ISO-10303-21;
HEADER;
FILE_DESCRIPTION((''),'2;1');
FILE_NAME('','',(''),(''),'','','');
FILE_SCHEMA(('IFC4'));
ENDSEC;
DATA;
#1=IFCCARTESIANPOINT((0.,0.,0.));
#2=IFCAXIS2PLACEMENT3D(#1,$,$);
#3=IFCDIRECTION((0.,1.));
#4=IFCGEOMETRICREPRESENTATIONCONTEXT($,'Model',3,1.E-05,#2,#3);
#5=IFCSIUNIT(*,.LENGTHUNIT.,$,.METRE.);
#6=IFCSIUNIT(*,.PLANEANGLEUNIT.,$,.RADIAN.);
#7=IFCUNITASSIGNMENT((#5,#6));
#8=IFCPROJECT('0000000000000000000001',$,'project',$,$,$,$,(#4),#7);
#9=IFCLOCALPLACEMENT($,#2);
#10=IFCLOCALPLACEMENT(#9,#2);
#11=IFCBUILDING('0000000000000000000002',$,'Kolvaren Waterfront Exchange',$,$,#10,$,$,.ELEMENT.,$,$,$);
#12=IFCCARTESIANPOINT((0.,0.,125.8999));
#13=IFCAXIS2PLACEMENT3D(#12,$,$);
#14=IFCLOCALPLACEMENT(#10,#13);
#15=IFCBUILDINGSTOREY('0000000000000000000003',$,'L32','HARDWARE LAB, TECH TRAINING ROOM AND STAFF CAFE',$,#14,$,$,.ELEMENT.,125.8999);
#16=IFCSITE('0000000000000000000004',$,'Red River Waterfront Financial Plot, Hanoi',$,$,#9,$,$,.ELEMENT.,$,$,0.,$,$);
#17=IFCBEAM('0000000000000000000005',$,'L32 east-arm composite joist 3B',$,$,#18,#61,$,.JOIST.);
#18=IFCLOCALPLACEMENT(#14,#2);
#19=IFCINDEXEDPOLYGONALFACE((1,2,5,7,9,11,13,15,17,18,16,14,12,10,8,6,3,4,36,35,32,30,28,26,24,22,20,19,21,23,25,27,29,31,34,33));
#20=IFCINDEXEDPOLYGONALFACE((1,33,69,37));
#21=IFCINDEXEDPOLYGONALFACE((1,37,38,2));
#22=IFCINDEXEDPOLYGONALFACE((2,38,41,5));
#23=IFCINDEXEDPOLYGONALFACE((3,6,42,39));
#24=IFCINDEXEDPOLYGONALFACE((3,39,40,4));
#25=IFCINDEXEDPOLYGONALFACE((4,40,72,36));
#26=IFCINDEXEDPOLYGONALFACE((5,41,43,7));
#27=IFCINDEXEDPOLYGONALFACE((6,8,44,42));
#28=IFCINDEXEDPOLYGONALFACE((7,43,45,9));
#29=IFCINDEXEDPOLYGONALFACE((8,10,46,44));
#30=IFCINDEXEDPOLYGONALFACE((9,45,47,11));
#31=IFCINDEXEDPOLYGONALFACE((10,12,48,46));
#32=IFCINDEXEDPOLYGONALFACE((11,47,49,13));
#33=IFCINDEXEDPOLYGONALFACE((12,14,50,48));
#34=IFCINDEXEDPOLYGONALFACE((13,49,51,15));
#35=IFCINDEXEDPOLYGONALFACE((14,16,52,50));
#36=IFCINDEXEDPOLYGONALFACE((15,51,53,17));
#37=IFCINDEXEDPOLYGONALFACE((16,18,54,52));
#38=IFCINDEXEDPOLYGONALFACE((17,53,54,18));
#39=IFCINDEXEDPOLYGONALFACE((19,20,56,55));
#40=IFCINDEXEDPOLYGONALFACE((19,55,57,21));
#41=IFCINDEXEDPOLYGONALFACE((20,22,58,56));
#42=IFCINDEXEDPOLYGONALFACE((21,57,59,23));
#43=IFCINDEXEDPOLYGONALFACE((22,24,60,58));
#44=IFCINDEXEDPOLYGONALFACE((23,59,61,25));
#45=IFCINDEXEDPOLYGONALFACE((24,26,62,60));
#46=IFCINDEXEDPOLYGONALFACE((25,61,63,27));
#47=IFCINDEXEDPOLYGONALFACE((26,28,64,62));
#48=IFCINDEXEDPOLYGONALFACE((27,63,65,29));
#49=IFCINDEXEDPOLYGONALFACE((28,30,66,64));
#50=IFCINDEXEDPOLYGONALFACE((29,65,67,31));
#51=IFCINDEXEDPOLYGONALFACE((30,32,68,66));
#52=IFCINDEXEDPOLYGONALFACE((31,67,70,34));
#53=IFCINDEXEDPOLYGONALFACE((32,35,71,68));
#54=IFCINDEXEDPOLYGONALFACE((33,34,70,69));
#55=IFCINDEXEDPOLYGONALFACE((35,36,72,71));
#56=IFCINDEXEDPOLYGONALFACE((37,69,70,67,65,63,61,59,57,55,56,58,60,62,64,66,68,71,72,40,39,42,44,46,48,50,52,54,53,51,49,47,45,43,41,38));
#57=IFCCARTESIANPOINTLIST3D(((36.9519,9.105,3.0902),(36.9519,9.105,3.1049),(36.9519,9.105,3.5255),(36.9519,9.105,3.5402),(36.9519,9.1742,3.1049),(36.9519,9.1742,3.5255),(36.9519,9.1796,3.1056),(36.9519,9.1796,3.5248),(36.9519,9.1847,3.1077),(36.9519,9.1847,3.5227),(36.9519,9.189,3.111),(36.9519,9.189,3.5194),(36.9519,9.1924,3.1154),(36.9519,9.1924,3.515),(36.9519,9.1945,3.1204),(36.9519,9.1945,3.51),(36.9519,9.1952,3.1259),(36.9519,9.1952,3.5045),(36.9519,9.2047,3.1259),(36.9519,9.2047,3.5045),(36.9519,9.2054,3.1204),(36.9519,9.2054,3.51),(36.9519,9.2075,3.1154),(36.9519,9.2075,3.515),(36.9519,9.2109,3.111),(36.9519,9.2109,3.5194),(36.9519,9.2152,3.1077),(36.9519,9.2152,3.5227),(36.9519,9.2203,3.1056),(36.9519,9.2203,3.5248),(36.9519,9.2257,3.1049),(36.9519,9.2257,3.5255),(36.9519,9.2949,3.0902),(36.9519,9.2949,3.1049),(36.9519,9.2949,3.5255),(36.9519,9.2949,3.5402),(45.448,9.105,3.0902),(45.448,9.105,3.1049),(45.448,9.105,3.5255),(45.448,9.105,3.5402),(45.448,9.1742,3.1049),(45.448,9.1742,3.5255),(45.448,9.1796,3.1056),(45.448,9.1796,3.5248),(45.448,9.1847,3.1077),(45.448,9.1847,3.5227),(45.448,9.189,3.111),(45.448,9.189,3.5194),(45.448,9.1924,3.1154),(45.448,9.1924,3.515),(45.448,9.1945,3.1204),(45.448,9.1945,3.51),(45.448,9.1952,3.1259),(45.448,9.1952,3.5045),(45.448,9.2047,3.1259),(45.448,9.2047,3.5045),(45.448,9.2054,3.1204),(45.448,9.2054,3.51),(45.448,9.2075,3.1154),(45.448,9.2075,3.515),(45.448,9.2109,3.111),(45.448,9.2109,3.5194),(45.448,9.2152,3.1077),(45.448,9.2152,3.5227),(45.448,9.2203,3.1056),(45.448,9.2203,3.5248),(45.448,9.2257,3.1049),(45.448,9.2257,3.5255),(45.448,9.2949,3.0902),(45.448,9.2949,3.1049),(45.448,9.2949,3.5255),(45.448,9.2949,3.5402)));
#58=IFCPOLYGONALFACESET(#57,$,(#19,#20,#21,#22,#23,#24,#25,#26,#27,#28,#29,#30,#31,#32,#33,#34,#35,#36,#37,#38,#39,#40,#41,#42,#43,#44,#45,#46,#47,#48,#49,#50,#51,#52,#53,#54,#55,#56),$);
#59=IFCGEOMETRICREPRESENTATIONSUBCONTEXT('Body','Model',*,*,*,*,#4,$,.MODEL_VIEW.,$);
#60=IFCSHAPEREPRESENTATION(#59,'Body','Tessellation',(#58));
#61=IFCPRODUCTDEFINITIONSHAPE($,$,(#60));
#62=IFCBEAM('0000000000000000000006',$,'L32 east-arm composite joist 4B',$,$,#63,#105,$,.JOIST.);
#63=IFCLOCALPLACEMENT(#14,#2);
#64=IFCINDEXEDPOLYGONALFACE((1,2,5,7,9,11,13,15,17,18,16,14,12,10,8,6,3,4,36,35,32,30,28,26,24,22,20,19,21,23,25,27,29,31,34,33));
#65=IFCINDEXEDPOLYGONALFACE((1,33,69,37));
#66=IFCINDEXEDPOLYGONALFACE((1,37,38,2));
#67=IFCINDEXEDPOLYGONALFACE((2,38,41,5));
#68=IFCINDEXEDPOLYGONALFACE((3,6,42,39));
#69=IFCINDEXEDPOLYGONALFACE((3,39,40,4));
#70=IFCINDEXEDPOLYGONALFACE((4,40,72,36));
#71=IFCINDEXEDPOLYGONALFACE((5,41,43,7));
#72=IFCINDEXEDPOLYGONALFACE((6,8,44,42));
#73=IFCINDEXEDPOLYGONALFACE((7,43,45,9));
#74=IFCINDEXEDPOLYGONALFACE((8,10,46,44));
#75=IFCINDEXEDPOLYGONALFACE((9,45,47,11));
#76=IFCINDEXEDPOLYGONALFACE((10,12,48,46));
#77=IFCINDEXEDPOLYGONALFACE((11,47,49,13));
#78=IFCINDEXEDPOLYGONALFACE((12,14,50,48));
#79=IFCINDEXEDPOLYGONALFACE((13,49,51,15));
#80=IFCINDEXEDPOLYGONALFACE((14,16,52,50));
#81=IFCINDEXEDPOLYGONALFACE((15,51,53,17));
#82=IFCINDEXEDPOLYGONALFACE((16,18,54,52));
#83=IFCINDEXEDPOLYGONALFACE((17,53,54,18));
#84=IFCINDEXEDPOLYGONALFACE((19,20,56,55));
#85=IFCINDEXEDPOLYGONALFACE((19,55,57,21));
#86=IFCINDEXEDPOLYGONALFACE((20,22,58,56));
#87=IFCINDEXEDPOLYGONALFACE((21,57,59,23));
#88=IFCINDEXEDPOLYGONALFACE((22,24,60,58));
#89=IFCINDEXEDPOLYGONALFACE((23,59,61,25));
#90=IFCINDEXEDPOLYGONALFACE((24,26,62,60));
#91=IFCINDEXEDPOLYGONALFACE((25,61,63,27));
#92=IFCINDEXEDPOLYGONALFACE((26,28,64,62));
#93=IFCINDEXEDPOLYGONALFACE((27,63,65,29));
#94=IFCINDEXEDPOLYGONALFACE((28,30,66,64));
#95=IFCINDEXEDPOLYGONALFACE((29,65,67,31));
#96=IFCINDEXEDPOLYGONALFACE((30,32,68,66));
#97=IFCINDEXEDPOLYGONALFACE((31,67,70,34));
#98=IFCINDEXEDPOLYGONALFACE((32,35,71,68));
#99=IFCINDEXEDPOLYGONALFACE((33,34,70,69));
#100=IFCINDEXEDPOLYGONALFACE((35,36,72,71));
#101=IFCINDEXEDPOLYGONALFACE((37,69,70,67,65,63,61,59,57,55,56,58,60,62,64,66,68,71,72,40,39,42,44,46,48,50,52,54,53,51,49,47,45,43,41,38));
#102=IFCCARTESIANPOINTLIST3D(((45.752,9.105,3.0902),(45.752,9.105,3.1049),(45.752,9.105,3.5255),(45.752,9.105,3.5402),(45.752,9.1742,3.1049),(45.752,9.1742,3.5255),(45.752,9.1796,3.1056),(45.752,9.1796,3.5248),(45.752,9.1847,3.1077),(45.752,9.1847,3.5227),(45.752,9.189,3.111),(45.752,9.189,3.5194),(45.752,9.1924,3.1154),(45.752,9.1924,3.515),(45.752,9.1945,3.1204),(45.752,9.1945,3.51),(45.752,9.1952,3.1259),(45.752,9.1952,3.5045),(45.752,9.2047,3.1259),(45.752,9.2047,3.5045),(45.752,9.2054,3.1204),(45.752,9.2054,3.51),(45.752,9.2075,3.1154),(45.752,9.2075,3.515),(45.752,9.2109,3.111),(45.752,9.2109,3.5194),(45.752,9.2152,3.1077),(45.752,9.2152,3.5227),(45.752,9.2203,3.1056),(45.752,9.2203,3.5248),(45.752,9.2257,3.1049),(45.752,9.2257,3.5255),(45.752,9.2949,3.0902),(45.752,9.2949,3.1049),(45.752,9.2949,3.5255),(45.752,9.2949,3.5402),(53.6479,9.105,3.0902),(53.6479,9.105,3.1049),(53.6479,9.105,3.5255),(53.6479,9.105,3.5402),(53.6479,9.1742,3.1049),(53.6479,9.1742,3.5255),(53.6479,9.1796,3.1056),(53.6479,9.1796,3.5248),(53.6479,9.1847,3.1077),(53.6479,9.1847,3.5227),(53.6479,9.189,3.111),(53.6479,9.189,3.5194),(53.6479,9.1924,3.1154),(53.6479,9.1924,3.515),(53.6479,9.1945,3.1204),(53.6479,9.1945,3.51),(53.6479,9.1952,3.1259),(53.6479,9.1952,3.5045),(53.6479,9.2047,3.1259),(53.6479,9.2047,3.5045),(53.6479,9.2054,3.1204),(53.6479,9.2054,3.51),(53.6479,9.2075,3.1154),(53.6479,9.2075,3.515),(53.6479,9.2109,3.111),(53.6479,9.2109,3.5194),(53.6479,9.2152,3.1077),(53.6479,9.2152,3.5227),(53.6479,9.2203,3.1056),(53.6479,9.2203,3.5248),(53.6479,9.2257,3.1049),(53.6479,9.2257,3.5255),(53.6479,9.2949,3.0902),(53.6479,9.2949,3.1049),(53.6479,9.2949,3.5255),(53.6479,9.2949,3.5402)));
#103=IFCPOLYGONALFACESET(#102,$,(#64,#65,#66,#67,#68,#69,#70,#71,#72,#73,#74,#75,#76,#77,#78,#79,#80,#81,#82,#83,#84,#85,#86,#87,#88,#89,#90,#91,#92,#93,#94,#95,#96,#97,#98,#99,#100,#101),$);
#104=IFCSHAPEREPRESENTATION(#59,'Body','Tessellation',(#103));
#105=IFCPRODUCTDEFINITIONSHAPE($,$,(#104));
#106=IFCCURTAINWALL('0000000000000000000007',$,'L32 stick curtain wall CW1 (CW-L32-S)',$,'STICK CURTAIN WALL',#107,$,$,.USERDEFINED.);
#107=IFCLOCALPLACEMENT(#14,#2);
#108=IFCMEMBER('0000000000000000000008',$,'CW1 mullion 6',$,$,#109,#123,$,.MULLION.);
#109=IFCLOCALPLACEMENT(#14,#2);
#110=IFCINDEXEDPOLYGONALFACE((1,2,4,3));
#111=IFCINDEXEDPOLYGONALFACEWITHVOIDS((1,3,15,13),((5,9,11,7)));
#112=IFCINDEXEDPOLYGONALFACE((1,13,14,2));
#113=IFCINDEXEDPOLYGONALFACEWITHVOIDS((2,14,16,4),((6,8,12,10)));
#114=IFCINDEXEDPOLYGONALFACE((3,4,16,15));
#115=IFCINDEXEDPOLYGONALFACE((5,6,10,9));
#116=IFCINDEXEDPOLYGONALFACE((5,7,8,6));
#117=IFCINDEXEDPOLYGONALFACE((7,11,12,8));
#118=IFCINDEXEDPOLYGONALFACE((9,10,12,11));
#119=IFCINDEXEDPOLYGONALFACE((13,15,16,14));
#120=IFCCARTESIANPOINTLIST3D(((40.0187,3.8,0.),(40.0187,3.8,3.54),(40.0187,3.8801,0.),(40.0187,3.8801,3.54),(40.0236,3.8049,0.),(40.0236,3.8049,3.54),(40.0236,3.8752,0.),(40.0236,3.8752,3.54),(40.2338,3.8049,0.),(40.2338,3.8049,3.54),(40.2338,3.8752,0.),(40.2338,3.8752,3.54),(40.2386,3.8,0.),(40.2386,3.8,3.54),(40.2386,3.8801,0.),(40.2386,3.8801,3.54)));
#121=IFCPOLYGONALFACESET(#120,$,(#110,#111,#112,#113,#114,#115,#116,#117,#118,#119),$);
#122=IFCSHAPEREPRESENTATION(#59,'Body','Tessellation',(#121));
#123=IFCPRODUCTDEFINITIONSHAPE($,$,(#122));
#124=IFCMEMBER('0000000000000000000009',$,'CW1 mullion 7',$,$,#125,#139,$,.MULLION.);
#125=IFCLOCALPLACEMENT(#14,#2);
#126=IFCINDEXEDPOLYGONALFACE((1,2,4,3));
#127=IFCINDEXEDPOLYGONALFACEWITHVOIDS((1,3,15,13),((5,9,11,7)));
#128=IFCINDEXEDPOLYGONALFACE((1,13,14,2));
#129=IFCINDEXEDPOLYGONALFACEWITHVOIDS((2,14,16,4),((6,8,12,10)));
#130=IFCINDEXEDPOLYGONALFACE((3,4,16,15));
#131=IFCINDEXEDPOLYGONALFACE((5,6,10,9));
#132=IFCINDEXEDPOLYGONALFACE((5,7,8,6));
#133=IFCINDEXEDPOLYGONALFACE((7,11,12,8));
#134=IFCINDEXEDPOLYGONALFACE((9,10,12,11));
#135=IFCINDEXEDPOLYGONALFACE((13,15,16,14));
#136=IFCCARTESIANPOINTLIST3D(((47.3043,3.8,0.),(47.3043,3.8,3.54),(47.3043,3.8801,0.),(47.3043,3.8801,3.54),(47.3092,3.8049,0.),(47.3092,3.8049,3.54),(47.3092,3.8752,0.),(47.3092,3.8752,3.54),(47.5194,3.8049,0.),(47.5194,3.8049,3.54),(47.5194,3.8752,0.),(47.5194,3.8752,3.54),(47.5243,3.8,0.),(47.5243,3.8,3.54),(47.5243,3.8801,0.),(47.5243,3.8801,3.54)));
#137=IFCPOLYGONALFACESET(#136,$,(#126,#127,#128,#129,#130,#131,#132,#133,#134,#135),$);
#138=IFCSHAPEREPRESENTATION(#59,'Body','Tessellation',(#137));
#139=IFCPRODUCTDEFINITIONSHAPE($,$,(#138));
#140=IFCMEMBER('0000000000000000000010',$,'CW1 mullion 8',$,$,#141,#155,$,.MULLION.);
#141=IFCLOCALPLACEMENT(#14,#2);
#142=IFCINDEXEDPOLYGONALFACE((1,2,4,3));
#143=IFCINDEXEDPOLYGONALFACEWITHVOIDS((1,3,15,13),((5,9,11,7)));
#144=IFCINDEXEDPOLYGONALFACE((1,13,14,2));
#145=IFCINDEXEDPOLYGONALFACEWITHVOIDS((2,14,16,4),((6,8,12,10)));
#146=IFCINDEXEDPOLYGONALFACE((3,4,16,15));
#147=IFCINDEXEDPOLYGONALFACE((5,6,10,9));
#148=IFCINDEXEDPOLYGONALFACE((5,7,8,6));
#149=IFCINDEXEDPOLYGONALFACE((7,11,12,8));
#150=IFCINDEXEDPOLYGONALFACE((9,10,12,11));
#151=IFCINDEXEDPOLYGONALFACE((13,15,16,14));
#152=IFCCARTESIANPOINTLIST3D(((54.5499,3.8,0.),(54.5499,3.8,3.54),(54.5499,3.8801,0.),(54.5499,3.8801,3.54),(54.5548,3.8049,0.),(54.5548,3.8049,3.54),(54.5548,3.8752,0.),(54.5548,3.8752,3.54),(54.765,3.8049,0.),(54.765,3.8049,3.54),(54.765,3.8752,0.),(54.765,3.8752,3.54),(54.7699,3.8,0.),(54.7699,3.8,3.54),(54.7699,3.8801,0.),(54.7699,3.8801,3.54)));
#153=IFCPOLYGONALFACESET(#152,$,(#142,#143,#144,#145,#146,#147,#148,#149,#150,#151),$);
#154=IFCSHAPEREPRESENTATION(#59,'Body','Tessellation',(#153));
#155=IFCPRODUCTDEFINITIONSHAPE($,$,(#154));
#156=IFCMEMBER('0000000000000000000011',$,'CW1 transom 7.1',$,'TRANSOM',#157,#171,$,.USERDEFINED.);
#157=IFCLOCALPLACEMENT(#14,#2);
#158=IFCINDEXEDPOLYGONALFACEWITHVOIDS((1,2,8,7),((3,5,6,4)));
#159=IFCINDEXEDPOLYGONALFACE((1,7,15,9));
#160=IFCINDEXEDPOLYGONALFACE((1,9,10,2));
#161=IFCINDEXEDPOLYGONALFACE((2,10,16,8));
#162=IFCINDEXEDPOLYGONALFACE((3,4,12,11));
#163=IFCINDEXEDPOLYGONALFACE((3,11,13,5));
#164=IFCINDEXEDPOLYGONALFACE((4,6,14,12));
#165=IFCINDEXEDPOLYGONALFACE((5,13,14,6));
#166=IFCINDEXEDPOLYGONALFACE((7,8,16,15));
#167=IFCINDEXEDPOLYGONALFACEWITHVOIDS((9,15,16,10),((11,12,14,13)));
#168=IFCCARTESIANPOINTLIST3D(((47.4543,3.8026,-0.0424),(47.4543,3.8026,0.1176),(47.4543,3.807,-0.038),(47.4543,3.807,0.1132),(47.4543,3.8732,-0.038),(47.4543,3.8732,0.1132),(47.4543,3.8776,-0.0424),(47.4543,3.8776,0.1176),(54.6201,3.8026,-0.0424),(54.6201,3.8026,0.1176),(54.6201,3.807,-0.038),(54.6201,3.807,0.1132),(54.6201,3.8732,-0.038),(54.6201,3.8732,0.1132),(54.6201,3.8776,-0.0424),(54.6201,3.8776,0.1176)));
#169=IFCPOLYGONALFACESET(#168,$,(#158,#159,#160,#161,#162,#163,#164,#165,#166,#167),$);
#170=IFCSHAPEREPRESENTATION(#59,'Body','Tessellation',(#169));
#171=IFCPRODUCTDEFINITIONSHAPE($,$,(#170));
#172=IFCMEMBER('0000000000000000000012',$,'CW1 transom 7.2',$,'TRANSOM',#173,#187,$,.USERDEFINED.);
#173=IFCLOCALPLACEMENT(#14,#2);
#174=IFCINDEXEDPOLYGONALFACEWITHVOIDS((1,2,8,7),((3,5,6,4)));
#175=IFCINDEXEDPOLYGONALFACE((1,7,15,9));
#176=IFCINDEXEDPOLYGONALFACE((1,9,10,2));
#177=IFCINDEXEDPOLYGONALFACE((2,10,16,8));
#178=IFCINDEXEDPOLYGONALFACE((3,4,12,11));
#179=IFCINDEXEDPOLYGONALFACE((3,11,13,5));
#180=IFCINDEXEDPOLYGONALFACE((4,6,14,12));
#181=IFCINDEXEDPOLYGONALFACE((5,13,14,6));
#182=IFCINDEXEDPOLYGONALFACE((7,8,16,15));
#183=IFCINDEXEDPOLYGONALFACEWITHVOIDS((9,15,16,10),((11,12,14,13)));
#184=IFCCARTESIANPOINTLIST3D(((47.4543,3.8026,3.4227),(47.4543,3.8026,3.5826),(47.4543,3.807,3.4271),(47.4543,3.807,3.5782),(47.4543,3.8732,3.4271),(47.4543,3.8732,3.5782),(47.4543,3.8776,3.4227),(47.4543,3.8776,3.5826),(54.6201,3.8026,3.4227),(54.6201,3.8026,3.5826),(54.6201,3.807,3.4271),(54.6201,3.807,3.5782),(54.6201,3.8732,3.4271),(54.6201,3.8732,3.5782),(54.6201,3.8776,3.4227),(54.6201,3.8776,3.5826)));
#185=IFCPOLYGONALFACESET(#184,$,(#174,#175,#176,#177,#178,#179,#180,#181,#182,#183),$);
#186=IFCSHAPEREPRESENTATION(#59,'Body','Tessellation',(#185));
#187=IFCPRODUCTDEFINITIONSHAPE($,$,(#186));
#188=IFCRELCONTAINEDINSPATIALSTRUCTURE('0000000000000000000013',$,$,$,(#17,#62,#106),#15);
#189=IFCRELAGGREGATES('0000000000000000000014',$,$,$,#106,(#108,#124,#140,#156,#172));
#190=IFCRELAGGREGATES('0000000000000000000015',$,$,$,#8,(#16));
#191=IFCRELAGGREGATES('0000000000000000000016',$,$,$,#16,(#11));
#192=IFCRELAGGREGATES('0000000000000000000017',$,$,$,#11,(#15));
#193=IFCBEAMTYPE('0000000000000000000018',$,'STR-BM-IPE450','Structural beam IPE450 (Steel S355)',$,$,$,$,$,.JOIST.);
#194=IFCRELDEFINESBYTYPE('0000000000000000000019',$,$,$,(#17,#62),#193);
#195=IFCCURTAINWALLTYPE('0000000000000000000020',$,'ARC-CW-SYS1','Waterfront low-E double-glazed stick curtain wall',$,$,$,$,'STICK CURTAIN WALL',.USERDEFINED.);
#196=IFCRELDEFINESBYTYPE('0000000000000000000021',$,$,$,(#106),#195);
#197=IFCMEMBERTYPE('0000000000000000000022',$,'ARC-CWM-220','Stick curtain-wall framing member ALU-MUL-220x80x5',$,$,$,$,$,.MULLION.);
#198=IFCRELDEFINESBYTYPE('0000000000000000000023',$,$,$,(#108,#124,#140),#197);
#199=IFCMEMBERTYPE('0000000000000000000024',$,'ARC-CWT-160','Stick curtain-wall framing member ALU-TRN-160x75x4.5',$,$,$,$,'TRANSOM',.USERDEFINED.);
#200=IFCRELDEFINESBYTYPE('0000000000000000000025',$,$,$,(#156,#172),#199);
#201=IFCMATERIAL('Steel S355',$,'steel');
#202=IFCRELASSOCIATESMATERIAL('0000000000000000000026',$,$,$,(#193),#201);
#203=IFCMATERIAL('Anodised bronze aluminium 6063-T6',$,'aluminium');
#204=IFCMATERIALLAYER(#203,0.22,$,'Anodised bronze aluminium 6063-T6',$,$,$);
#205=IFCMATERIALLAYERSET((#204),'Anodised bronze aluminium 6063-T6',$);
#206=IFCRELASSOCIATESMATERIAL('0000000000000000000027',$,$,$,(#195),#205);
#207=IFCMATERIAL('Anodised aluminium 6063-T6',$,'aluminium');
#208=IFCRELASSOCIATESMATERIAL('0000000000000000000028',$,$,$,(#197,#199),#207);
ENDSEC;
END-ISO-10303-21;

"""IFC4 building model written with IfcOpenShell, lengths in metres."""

from ifc_helpers import new_model, si_unit, direction, frame, origin, origin_with_axes, origin_2d, place, context, subcontext, project, spatial, hollow_rectangle, i_section, extrude, source, transform, mapped, material, layer, layer_set, material_profile, profile_set, type_object, element, aggregate, save


model = new_model("IFC4")

# Units and contexts
model_context = context("Model", 3, precision=1e-05, world=origin(), true_north=direction((0.0, 1.0)))
body_context = subcontext(model_context, "Body", "Model", "MODEL_VIEW")
ifc_project = project(units=[si_unit("LENGTHUNIT", "METRE"), si_unit("PLANEANGLEUNIT", "RADIAN")], contexts=[model_context])

# Site, building, storey
site_placement = place(None, origin())
site = spatial("IfcSite", under=ifc_project, at=site_placement, Name="Red River Waterfront Financial Plot, Hanoi", CompositionType="ELEMENT", RefElevation=0.0)
building_placement = place(site_placement, origin())
building = spatial("IfcBuilding", under=site, at=building_placement, Name="Kolvaren Waterfront Exchange", CompositionType="ELEMENT")
storey_placement = place(building_placement, frame((0.0, 0.0, 125.8999)))
storey = spatial("IfcBuildingStorey", under=building, at=storey_placement, Name="L32", Description="HARDWARE LAB, TECH TRAINING ROOM AND STAFF CAFE", CompositionType="ELEMENT", Elevation=125.8999)

# Beams
ifc_material_1 = material(Name="Steel S355", Category="steel")
ifc_material_profile_1 = material_profile(ifc_material_1, i_section(OverallWidth=0.1899, OverallDepth=0.45, WebThickness=0.0095, FlangeThickness=0.0146, FilletRadius=0.021, at=origin_2d()), Name="IPE450")
ifc_profile_set_1 = profile_set([ifc_material_profile_1], Name="Steel S355")
beam_type_1 = type_object("IfcBeamType", Name="STR-BM-IPE450", Description="Structural beam IPE450 (Steel S355)", PredefinedType="JOIST", material=ifc_profile_set_1)
beam_1_placement = place(storey_placement, frame((36.9519, 9.2, 3.3152), z_axis=(1.0, 0.0, 0.0), x_axis=(0.0, 1.0, 0.0)))
element("IfcBeam", 1, at=beam_1_placement, inside=storey, type_object=beam_type_1, Name="L32 east-arm composite joist 3B", PredefinedType="JOIST", context=body_context, shape_type="SweptSolid", body=[
    extrude(i_section(OverallWidth=0.1899, OverallDepth=0.45, WebThickness=0.0095, FlangeThickness=0.0146, FilletRadius=0.021, at=origin_2d()), origin(), (0.0, 0.0, 1.0), 8.4961),
])
beam_2_placement = place(storey_placement, frame((45.752, 9.2, 3.3152), z_axis=(1.0, 0.0, 0.0), x_axis=(0.0, 1.0, 0.0)))
element("IfcBeam", 2, at=beam_2_placement, inside=storey, type_object=beam_type_1, Name="L32 east-arm composite joist 4B", PredefinedType="JOIST", context=body_context, shape_type="SweptSolid", body=[
    extrude(i_section(OverallWidth=0.1899, OverallDepth=0.45, WebThickness=0.0095, FlangeThickness=0.0146, FilletRadius=0.021, at=origin_2d()), origin(), (0.0, 0.0, 1.0), 7.896),
])

# Curtain wall, members
ifc_material_2 = material(Name="Anodised bronze aluminium 6063-T6", Category="aluminium")
ifc_layer_1 = layer(ifc_material_2, 0.22, Name="Anodised bronze aluminium 6063-T6")
ifc_layer_set_1 = layer_set([ifc_layer_1], Name="Anodised bronze aluminium 6063-T6")
curtain_wall_type = type_object("IfcCurtainWallType", Name="ARC-CW-SYS1", Description="Waterfront low-E double-glazed stick curtain wall", ElementType="STICK CURTAIN WALL", PredefinedType="USERDEFINED", material=ifc_layer_set_1)
curtain_wall_placement = place(storey_placement, origin())
curtain_wall = element("IfcCurtainWall", 3, at=curtain_wall_placement, inside=storey, type_object=curtain_wall_type, Name="L32 stick curtain wall CW1 (CW-L32-S)", ObjectType="STICK CURTAIN WALL", PredefinedType="USERDEFINED")
ifc_material_3 = material(Name="Anodised aluminium 6063-T6", Category="aluminium")
ifc_material_profile_2 = material_profile(ifc_material_3, hollow_rectangle(XDim=0.0801, YDim=0.22, WallThickness=0.0049, at=origin_2d()), Name="ALU-MUL-220x80x5")
ifc_profile_set_2 = profile_set([ifc_material_profile_2], Name="Anodised aluminium 6063-T6")
member_type_1 = type_object("IfcMemberType", Name="ARC-CWM-220", Description="Stick curtain-wall framing member ALU-MUL-220x80x5", PredefinedType="MULLION", material=ifc_profile_set_2)
shared_shape_1 = source(origin_with_axes(), body_context, "Body", "SweptSolid", [
    extrude(hollow_rectangle(XDim=0.0801, YDim=0.22, WallThickness=0.0049, at=origin_2d()), origin(), (0.0, 0.0, 1.0), 3.54),
])
member_1_placement = place(storey_placement, frame((40.1287, 3.8401, 0.0), z_axis=(0.0, 0.0, 1.0), x_axis=(0.0, 1.0, 0.0)))
member_1 = element("IfcMember", 4, at=member_1_placement, type_object=member_type_1, Name="CW1 mullion 6", PredefinedType="MULLION", context=body_context, shape_type="MappedRepresentation", body=[
    mapped(shared_shape_1, transform((0.0, 0.0, 0.0), x_axis=(1.0, 0.0, 0.0), y_axis=(0.0, 1.0, 0.0), z_axis=(0.0, 0.0, 1.0), scale=1.0)),
])
member_2_placement = place(storey_placement, frame((47.4143, 3.8401, 0.0), z_axis=(0.0, 0.0, 1.0), x_axis=(0.0, 1.0, 0.0)))
member_2 = element("IfcMember", 5, at=member_2_placement, type_object=member_type_1, Name="CW1 mullion 7", PredefinedType="MULLION", context=body_context, shape_type="MappedRepresentation", body=[
    mapped(shared_shape_1, transform((0.0, 0.0, 0.0), x_axis=(1.0, 0.0, 0.0), y_axis=(0.0, 1.0, 0.0), z_axis=(0.0, 0.0, 1.0), scale=1.0)),
])
member_3_placement = place(storey_placement, frame((54.6599, 3.8401, 0.0), z_axis=(0.0, 0.0, 1.0), x_axis=(0.0, 1.0, 0.0)))
member_3 = element("IfcMember", 6, at=member_3_placement, type_object=member_type_1, Name="CW1 mullion 8", PredefinedType="MULLION", context=body_context, shape_type="MappedRepresentation", body=[
    mapped(shared_shape_1, transform((0.0, 0.0, 0.0), x_axis=(1.0, 0.0, 0.0), y_axis=(0.0, 1.0, 0.0), z_axis=(0.0, 0.0, 1.0), scale=1.0)),
])
ifc_material_profile_3 = material_profile(ifc_material_3, hollow_rectangle(XDim=0.075, YDim=0.1599, WallThickness=0.0044, at=origin_2d()), Name="ALU-TRN-160x75x4.5")
ifc_profile_set_3 = profile_set([ifc_material_profile_3], Name="Anodised aluminium 6063-T6")
member_type_2 = type_object("IfcMemberType", Name="ARC-CWT-160", Description="Stick curtain-wall framing member ALU-TRN-160x75x4.5", ElementType="TRANSOM", PredefinedType="USERDEFINED", material=ifc_profile_set_3)
shared_shape_2 = source(origin_with_axes(), body_context, "Body", "SweptSolid", [
    extrude(hollow_rectangle(XDim=0.075, YDim=0.1599, WallThickness=0.0044, at=origin_2d()), origin(), (0.0, 0.0, 1.0), 7.1658),
])
member_4_placement = place(storey_placement, frame((47.4543, 3.8401, 0.0376), z_axis=(1.0, 0.0, 0.0), x_axis=(0.0, 1.0, 0.0)))
member_4 = element("IfcMember", 7, at=member_4_placement, type_object=member_type_2, Name="CW1 transom 7.1", ObjectType="TRANSOM", PredefinedType="USERDEFINED", context=body_context, shape_type="MappedRepresentation", body=[
    mapped(shared_shape_2, transform((0.0, 0.0, 0.0), x_axis=(1.0, 0.0, 0.0), y_axis=(0.0, 1.0, 0.0), z_axis=(0.0, 0.0, 1.0), scale=1.0)),
])
member_5_placement = place(storey_placement, frame((47.4543, 3.8401, 3.5027), z_axis=(1.0, 0.0, 0.0), x_axis=(0.0, 1.0, 0.0)))
member_5 = element("IfcMember", 8, at=member_5_placement, type_object=member_type_2, Name="CW1 transom 7.2", ObjectType="TRANSOM", PredefinedType="USERDEFINED", context=body_context, shape_type="MappedRepresentation", body=[
    mapped(shared_shape_2, transform((0.0, 0.0, 0.0), x_axis=(1.0, 0.0, 0.0), y_axis=(0.0, 1.0, 0.0), z_axis=(0.0, 0.0, 1.0), scale=1.0)),
])
aggregate(curtain_wall, [member_1, member_2, member_3, member_4, member_5])

save(model, "model.ifc")
